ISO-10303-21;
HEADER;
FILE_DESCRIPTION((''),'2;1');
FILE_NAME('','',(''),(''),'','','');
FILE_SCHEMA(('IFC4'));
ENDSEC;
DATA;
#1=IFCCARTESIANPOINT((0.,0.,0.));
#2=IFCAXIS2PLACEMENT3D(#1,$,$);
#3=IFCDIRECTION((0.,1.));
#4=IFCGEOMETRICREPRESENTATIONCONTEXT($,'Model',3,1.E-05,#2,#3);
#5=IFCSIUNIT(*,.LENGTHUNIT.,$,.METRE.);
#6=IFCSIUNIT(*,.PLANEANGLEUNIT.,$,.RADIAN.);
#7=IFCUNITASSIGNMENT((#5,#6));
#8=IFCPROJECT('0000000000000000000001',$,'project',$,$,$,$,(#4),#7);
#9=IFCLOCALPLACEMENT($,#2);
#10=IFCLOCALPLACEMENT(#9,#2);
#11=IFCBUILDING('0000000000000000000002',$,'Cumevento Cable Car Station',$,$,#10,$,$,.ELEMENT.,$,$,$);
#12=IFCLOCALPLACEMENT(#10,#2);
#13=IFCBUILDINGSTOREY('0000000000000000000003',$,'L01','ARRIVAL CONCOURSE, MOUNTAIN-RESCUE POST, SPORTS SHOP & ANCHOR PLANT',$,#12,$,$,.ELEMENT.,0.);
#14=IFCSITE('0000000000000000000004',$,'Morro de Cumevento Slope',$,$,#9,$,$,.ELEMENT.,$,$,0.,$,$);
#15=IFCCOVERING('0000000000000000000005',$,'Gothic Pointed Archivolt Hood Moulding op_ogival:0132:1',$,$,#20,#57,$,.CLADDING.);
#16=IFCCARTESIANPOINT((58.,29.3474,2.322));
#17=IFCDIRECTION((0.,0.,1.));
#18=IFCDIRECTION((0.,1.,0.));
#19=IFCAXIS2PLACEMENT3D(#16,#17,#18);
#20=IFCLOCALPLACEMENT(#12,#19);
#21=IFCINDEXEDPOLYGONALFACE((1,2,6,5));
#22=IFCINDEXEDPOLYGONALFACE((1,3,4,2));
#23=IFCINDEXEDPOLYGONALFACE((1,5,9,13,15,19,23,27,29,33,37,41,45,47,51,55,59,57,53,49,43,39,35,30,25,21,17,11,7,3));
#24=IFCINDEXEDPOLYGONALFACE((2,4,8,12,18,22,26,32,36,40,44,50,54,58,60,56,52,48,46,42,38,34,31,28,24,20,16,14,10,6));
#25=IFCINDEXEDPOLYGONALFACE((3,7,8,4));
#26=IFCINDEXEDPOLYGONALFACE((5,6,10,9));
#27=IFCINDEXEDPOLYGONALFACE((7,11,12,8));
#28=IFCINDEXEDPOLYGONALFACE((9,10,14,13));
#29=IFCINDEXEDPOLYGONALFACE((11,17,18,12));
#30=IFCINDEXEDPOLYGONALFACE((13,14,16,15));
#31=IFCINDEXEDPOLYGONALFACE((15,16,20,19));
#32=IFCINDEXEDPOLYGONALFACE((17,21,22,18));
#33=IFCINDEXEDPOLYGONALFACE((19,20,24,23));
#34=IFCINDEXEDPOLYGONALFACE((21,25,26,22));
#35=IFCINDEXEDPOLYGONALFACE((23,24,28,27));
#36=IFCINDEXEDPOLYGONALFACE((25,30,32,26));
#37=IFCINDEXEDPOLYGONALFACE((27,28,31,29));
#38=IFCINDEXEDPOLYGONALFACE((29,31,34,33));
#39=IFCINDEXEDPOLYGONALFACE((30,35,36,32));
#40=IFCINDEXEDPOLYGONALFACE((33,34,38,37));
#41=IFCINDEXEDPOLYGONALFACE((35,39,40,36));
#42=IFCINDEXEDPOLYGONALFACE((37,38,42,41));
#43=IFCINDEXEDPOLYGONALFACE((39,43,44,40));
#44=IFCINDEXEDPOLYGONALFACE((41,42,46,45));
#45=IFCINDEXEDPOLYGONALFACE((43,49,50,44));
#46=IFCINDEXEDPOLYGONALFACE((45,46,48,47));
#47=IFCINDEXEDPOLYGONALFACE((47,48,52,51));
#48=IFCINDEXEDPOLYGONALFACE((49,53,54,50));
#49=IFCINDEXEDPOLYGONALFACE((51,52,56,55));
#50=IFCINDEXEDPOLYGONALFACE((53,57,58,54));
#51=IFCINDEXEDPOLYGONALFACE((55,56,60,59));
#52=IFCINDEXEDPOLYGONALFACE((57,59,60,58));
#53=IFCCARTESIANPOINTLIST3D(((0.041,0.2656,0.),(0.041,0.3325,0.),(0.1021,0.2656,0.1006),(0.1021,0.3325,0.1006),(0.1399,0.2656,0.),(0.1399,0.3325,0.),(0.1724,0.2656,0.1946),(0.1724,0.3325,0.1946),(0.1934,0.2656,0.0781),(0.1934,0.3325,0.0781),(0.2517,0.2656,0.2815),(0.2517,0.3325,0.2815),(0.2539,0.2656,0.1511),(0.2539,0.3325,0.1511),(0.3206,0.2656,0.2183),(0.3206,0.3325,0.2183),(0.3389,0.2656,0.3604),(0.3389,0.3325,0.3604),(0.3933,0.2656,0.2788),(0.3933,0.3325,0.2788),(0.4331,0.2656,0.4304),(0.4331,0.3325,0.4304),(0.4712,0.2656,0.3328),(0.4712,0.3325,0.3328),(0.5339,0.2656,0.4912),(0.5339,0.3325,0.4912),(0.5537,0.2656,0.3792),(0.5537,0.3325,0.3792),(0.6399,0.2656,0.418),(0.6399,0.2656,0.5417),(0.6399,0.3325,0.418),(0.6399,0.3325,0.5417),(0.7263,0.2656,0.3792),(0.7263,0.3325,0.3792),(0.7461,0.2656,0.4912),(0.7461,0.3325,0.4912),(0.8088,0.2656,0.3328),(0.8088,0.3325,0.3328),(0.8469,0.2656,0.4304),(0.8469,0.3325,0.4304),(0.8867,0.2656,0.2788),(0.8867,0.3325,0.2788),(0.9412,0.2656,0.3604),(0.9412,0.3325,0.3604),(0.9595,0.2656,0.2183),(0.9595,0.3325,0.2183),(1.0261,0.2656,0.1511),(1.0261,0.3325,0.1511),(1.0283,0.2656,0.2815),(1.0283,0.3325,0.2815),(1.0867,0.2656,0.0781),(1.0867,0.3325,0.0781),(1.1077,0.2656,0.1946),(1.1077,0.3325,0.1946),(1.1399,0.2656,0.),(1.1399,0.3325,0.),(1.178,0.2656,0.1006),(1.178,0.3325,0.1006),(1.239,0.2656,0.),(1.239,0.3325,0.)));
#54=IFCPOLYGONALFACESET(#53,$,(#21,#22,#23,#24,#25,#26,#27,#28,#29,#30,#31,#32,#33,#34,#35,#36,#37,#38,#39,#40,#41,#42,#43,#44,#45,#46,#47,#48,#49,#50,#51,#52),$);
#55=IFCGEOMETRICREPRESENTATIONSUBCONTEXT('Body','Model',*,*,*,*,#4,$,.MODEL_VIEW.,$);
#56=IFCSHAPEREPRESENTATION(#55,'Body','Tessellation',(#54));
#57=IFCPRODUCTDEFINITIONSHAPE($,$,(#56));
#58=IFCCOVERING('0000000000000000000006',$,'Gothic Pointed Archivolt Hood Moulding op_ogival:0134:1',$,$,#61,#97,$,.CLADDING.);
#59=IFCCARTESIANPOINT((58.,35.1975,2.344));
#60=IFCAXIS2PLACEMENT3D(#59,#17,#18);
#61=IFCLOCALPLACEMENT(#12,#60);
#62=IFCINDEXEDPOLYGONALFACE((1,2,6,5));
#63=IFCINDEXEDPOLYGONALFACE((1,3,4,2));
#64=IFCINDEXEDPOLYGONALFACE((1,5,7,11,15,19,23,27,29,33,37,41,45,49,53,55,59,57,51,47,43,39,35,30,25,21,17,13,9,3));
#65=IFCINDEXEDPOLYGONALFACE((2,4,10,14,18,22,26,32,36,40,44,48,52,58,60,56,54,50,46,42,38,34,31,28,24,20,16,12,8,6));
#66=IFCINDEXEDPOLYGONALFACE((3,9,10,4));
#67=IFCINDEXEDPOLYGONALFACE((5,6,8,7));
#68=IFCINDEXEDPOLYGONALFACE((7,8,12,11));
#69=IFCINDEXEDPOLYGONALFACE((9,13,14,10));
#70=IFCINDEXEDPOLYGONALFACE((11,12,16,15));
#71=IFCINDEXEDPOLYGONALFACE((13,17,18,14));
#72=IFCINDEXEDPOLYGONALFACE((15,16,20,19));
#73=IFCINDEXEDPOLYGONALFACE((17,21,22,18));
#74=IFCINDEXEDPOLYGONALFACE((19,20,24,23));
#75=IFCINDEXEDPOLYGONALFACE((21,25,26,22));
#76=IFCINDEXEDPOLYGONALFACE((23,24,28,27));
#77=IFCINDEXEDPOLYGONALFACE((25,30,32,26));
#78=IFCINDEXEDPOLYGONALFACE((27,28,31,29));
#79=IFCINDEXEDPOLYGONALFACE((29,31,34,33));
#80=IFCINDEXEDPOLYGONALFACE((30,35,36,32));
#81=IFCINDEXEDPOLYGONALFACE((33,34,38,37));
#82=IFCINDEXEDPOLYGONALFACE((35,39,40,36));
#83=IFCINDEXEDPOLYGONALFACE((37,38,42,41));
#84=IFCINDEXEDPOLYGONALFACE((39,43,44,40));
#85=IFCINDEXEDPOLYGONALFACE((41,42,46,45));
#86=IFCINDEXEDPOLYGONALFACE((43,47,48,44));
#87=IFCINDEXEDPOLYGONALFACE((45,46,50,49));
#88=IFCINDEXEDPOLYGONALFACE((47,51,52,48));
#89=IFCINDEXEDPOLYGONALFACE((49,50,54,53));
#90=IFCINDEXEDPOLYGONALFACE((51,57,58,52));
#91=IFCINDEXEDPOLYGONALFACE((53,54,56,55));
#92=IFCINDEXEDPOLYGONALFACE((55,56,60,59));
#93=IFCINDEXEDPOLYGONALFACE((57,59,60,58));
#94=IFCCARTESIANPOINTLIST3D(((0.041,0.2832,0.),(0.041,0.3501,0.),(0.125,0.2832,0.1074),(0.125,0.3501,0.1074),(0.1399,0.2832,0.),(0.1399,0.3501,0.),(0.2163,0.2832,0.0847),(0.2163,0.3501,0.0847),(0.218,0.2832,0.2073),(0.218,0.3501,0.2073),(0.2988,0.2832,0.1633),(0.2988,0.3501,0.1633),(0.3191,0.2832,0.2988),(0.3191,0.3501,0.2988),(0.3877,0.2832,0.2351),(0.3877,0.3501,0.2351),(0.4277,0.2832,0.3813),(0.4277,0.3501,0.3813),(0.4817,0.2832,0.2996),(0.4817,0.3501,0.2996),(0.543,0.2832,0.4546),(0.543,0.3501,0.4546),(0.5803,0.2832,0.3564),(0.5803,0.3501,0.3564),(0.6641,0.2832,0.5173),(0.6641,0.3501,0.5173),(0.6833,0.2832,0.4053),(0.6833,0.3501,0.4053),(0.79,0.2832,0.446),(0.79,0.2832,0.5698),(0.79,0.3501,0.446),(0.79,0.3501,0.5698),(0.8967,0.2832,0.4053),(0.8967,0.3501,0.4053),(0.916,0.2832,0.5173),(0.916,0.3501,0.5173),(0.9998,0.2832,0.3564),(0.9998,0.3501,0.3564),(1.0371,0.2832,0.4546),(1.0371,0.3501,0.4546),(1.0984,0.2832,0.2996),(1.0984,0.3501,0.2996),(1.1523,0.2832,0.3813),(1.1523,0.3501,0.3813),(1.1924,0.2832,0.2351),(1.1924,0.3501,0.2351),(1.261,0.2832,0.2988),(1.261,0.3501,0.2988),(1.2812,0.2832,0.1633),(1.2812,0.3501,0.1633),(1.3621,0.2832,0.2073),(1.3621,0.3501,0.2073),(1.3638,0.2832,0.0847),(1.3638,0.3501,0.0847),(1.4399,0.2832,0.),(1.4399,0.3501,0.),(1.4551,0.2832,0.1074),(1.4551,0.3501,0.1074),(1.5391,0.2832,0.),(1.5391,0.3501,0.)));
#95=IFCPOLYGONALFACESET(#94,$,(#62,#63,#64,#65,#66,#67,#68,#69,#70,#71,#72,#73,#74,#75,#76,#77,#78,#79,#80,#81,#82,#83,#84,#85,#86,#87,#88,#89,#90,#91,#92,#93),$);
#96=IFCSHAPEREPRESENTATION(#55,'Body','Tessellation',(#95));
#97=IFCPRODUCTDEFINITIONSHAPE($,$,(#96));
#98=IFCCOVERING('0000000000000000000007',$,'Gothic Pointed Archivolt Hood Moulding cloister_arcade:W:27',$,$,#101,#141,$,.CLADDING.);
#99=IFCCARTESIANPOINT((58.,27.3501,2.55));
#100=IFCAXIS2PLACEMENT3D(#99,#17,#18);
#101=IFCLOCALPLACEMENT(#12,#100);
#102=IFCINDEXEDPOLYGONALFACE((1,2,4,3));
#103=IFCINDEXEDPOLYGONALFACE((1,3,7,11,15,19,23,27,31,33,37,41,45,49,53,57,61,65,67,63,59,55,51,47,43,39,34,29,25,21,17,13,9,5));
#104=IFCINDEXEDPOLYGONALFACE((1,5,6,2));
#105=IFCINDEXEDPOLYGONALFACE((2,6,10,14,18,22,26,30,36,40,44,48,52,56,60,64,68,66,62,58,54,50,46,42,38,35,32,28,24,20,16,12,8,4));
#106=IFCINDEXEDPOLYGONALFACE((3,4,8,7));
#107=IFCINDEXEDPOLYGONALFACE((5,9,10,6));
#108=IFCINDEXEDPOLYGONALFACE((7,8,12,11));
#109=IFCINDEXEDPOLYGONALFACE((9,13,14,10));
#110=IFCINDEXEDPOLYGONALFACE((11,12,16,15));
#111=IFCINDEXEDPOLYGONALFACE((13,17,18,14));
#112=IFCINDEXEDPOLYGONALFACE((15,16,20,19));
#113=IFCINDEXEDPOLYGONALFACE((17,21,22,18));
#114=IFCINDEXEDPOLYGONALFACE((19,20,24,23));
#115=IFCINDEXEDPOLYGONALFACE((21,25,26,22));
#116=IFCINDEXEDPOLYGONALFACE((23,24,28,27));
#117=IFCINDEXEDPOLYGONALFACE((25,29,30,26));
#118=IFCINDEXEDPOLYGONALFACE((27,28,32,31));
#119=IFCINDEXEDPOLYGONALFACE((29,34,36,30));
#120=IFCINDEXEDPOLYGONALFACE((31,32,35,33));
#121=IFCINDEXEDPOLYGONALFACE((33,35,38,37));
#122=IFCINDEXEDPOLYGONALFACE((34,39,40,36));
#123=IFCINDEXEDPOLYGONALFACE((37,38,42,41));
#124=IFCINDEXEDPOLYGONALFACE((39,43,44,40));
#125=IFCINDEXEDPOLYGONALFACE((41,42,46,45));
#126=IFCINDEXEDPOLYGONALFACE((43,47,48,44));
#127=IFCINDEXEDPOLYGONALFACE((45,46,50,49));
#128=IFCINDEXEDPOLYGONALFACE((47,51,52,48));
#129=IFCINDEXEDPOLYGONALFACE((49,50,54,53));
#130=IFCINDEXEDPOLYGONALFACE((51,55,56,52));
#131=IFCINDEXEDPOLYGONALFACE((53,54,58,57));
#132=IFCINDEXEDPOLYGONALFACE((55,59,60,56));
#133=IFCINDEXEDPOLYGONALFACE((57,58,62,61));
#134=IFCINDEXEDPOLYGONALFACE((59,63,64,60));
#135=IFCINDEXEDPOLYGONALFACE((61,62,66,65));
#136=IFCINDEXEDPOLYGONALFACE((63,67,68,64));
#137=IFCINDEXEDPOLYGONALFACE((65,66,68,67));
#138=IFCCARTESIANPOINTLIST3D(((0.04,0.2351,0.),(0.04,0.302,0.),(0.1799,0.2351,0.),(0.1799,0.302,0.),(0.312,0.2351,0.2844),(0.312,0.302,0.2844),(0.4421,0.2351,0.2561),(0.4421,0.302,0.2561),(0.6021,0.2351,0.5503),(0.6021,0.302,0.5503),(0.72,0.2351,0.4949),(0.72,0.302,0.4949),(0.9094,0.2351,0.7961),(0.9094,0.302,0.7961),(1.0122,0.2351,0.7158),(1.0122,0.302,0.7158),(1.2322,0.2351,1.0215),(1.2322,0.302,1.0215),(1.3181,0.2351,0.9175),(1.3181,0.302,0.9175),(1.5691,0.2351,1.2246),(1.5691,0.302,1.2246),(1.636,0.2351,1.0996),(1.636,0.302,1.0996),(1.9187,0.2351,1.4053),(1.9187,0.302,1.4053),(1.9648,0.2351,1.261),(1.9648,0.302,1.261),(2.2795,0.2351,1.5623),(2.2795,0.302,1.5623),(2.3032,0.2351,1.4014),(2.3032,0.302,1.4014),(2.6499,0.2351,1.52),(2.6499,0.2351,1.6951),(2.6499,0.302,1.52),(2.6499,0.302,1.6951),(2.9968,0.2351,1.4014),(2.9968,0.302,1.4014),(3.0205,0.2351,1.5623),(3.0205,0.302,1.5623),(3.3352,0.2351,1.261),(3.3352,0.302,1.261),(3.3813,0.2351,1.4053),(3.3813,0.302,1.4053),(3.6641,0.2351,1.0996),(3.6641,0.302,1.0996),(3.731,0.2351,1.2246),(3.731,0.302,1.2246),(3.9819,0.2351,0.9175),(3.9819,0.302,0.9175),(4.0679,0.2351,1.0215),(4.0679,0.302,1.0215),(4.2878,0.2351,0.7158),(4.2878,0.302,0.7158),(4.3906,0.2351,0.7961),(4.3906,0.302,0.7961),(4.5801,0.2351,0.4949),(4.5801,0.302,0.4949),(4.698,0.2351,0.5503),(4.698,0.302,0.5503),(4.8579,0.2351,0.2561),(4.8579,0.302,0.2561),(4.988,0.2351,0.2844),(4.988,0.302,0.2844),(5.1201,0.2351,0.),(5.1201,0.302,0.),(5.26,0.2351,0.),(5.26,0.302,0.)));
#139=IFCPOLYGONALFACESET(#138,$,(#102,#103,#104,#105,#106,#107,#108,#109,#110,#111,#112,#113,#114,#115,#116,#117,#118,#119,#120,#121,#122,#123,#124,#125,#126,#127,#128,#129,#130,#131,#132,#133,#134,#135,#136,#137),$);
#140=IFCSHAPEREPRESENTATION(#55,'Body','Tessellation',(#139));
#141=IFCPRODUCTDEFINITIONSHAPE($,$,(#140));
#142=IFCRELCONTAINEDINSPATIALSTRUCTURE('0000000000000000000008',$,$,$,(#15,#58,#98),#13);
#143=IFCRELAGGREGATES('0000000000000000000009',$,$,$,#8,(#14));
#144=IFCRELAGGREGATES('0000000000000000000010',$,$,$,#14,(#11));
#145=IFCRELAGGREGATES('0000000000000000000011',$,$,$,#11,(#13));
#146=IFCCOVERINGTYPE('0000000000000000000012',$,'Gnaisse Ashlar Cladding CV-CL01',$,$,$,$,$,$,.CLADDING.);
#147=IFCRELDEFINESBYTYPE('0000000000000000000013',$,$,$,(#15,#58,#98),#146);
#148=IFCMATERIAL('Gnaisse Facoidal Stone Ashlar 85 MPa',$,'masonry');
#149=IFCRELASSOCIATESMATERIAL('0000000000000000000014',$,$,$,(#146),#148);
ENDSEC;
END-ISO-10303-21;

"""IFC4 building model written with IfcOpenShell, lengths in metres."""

from ifc_helpers import new_model, si_unit, direction, frame, origin, place, context, subcontext, project, spatial, polyline, outline, extrude, material, type_object, element, save


model = new_model("IFC4")

# Units and contexts
model_context = context("Model", 3, precision=1e-05, world=origin(), true_north=direction((0.0, 1.0)))
body_context = subcontext(model_context, "Body", "Model", "MODEL_VIEW")
ifc_project = project(units=[si_unit("LENGTHUNIT", "METRE"), si_unit("PLANEANGLEUNIT", "RADIAN")], contexts=[model_context])

# Site, building, storey
site_placement = place(None, origin())
site = spatial("IfcSite", under=ifc_project, at=site_placement, Name="Morro de Cumevento Slope", CompositionType="ELEMENT", RefElevation=0.0)
building_placement = place(site_placement, origin())
building = spatial("IfcBuilding", under=site, at=building_placement, Name="Cumevento Cable Car Station", CompositionType="ELEMENT")
storey_placement = place(building_placement, origin())
storey = spatial("IfcBuildingStorey", under=building, at=storey_placement, Name="L01", Description="ARRIVAL CONCOURSE, MOUNTAIN-RESCUE POST, SPORTS SHOP & ANCHOR PLANT", CompositionType="ELEMENT", Elevation=0.0)

# Coverings
ifc_material_1 = material(Name="Gnaisse Facoidal Stone Ashlar 85 MPa", Category="masonry")
covering_type = type_object("IfcCoveringType", Name="Gnaisse Ashlar Cladding CV-CL01", PredefinedType="CLADDING", material=ifc_material_1)
covering_1_placement = place(storey_placement, frame((58.0, 29.3474, 2.322), z_axis=(0.0, 0.0, 1.0), x_axis=(0.0, 1.0, 0.0)))
element("IfcCovering", 1, at=covering_1_placement, inside=storey, type_object=covering_type, Name="Gothic Pointed Archivolt Hood Moulding op_ogival:0132:1", PredefinedType="CLADDING", context=body_context, shape_type="SweptSolid", body=[
    extrude(outline(polyline([(0.1399, 0.0), (0.1934, 0.0781), (0.2539, 0.1511), (0.3206, 0.2183), (0.3933, 0.2788), (0.4712, 0.3328), (0.5537, 0.3792), (0.6399, 0.418), (0.7263, 0.3792), (0.8088, 0.3328), (0.8867, 0.2788), (0.9595, 0.2183), (1.0261, 0.1511), (1.0867, 0.0781), (1.1399, 0.0), (1.239, 0.0), (1.178, 0.1006), (1.1077, 0.1946), (1.0283, 0.2815), (0.9412, 0.3604), (0.8469, 0.4304), (0.7461, 0.4912), (0.6399, 0.5417), (0.5339, 0.4912), (0.4331, 0.4304), (0.3389, 0.3604), (0.2517, 0.2815), (0.1724, 0.1946), (0.1021, 0.1006), (0.041, 0.0), (0.1399, 0.0)])), frame((0.0, 0.3325, 0.0), z_axis=(0.0, -1.0, 0.0), x_axis=(1.0, 0.0, 0.0)), (0.0, 0.0, 1.0), 0.0669),
])
covering_2_placement = place(storey_placement, frame((58.0, 35.1975, 2.344), z_axis=(0.0, 0.0, 1.0), x_axis=(0.0, 1.0, 0.0)))
element("IfcCovering", 2, at=covering_2_placement, inside=storey, type_object=covering_type, Name="Gothic Pointed Archivolt Hood Moulding op_ogival:0134:1", PredefinedType="CLADDING", context=body_context, shape_type="SweptSolid", body=[
    extrude(outline(polyline([(0.1399, 0.0), (0.2163, 0.0847), (0.2988, 0.1633), (0.3877, 0.2351), (0.4817, 0.2996), (0.5803, 0.3564), (0.6833, 0.4053), (0.79, 0.446), (0.8967, 0.4053), (0.9998, 0.3564), (1.0984, 0.2996), (1.1924, 0.2351), (1.2812, 0.1633), (1.3638, 0.0847), (1.4399, 0.0), (1.5391, 0.0), (1.4551, 0.1074), (1.3621, 0.2073), (1.261, 0.2988), (1.1523, 0.3813), (1.0371, 0.4546), (0.916, 0.5173), (0.79, 0.5698), (0.6641, 0.5173), (0.543, 0.4546), (0.4277, 0.3813), (0.3191, 0.2988), (0.218, 0.2073), (0.125, 0.1074), (0.041, 0.0), (0.1399, 0.0)])), frame((0.0, 0.3501, 0.0), z_axis=(0.0, -1.0, 0.0), x_axis=(1.0, 0.0, 0.0)), (0.0, 0.0, 1.0), 0.0669),
])
covering_3_placement = place(storey_placement, frame((58.0, 27.3501, 2.55), z_axis=(0.0, 0.0, 1.0), x_axis=(0.0, 1.0, 0.0)))
element("IfcCovering", 3, at=covering_3_placement, inside=storey, type_object=covering_type, Name="Gothic Pointed Archivolt Hood Moulding cloister_arcade:W:27", PredefinedType="CLADDING", context=body_context, shape_type="SweptSolid", body=[
    extrude(outline(polyline([(0.1799, 0.0), (0.4421, 0.2561), (0.72, 0.4949), (1.0122, 0.7158), (1.3181, 0.9175), (1.636, 1.0996), (1.9648, 1.261), (2.3032, 1.4014), (2.6499, 1.52), (2.9968, 1.4014), (3.3352, 1.261), (3.6641, 1.0996), (3.9819, 0.9175), (4.2878, 0.7158), (4.5801, 0.4949), (4.8579, 0.2561), (5.1201, 0.0), (5.26, 0.0), (4.988, 0.2844), (4.698, 0.5503), (4.3906, 0.7961), (4.0679, 1.0215), (3.731, 1.2246), (3.3813, 1.4053), (3.0205, 1.5623), (2.6499, 1.6951), (2.2795, 1.5623), (1.9187, 1.4053), (1.5691, 1.2246), (1.2322, 1.0215), (0.9094, 0.7961), (0.6021, 0.5503), (0.312, 0.2844), (0.04, 0.0), (0.1799, 0.0)])), frame((0.0, 0.302, 0.0), z_axis=(0.0, -1.0, 0.0), x_axis=(1.0, 0.0, 0.0)), (0.0, 0.0, 1.0), 0.0669),
])

save(model, "model.ifc")
